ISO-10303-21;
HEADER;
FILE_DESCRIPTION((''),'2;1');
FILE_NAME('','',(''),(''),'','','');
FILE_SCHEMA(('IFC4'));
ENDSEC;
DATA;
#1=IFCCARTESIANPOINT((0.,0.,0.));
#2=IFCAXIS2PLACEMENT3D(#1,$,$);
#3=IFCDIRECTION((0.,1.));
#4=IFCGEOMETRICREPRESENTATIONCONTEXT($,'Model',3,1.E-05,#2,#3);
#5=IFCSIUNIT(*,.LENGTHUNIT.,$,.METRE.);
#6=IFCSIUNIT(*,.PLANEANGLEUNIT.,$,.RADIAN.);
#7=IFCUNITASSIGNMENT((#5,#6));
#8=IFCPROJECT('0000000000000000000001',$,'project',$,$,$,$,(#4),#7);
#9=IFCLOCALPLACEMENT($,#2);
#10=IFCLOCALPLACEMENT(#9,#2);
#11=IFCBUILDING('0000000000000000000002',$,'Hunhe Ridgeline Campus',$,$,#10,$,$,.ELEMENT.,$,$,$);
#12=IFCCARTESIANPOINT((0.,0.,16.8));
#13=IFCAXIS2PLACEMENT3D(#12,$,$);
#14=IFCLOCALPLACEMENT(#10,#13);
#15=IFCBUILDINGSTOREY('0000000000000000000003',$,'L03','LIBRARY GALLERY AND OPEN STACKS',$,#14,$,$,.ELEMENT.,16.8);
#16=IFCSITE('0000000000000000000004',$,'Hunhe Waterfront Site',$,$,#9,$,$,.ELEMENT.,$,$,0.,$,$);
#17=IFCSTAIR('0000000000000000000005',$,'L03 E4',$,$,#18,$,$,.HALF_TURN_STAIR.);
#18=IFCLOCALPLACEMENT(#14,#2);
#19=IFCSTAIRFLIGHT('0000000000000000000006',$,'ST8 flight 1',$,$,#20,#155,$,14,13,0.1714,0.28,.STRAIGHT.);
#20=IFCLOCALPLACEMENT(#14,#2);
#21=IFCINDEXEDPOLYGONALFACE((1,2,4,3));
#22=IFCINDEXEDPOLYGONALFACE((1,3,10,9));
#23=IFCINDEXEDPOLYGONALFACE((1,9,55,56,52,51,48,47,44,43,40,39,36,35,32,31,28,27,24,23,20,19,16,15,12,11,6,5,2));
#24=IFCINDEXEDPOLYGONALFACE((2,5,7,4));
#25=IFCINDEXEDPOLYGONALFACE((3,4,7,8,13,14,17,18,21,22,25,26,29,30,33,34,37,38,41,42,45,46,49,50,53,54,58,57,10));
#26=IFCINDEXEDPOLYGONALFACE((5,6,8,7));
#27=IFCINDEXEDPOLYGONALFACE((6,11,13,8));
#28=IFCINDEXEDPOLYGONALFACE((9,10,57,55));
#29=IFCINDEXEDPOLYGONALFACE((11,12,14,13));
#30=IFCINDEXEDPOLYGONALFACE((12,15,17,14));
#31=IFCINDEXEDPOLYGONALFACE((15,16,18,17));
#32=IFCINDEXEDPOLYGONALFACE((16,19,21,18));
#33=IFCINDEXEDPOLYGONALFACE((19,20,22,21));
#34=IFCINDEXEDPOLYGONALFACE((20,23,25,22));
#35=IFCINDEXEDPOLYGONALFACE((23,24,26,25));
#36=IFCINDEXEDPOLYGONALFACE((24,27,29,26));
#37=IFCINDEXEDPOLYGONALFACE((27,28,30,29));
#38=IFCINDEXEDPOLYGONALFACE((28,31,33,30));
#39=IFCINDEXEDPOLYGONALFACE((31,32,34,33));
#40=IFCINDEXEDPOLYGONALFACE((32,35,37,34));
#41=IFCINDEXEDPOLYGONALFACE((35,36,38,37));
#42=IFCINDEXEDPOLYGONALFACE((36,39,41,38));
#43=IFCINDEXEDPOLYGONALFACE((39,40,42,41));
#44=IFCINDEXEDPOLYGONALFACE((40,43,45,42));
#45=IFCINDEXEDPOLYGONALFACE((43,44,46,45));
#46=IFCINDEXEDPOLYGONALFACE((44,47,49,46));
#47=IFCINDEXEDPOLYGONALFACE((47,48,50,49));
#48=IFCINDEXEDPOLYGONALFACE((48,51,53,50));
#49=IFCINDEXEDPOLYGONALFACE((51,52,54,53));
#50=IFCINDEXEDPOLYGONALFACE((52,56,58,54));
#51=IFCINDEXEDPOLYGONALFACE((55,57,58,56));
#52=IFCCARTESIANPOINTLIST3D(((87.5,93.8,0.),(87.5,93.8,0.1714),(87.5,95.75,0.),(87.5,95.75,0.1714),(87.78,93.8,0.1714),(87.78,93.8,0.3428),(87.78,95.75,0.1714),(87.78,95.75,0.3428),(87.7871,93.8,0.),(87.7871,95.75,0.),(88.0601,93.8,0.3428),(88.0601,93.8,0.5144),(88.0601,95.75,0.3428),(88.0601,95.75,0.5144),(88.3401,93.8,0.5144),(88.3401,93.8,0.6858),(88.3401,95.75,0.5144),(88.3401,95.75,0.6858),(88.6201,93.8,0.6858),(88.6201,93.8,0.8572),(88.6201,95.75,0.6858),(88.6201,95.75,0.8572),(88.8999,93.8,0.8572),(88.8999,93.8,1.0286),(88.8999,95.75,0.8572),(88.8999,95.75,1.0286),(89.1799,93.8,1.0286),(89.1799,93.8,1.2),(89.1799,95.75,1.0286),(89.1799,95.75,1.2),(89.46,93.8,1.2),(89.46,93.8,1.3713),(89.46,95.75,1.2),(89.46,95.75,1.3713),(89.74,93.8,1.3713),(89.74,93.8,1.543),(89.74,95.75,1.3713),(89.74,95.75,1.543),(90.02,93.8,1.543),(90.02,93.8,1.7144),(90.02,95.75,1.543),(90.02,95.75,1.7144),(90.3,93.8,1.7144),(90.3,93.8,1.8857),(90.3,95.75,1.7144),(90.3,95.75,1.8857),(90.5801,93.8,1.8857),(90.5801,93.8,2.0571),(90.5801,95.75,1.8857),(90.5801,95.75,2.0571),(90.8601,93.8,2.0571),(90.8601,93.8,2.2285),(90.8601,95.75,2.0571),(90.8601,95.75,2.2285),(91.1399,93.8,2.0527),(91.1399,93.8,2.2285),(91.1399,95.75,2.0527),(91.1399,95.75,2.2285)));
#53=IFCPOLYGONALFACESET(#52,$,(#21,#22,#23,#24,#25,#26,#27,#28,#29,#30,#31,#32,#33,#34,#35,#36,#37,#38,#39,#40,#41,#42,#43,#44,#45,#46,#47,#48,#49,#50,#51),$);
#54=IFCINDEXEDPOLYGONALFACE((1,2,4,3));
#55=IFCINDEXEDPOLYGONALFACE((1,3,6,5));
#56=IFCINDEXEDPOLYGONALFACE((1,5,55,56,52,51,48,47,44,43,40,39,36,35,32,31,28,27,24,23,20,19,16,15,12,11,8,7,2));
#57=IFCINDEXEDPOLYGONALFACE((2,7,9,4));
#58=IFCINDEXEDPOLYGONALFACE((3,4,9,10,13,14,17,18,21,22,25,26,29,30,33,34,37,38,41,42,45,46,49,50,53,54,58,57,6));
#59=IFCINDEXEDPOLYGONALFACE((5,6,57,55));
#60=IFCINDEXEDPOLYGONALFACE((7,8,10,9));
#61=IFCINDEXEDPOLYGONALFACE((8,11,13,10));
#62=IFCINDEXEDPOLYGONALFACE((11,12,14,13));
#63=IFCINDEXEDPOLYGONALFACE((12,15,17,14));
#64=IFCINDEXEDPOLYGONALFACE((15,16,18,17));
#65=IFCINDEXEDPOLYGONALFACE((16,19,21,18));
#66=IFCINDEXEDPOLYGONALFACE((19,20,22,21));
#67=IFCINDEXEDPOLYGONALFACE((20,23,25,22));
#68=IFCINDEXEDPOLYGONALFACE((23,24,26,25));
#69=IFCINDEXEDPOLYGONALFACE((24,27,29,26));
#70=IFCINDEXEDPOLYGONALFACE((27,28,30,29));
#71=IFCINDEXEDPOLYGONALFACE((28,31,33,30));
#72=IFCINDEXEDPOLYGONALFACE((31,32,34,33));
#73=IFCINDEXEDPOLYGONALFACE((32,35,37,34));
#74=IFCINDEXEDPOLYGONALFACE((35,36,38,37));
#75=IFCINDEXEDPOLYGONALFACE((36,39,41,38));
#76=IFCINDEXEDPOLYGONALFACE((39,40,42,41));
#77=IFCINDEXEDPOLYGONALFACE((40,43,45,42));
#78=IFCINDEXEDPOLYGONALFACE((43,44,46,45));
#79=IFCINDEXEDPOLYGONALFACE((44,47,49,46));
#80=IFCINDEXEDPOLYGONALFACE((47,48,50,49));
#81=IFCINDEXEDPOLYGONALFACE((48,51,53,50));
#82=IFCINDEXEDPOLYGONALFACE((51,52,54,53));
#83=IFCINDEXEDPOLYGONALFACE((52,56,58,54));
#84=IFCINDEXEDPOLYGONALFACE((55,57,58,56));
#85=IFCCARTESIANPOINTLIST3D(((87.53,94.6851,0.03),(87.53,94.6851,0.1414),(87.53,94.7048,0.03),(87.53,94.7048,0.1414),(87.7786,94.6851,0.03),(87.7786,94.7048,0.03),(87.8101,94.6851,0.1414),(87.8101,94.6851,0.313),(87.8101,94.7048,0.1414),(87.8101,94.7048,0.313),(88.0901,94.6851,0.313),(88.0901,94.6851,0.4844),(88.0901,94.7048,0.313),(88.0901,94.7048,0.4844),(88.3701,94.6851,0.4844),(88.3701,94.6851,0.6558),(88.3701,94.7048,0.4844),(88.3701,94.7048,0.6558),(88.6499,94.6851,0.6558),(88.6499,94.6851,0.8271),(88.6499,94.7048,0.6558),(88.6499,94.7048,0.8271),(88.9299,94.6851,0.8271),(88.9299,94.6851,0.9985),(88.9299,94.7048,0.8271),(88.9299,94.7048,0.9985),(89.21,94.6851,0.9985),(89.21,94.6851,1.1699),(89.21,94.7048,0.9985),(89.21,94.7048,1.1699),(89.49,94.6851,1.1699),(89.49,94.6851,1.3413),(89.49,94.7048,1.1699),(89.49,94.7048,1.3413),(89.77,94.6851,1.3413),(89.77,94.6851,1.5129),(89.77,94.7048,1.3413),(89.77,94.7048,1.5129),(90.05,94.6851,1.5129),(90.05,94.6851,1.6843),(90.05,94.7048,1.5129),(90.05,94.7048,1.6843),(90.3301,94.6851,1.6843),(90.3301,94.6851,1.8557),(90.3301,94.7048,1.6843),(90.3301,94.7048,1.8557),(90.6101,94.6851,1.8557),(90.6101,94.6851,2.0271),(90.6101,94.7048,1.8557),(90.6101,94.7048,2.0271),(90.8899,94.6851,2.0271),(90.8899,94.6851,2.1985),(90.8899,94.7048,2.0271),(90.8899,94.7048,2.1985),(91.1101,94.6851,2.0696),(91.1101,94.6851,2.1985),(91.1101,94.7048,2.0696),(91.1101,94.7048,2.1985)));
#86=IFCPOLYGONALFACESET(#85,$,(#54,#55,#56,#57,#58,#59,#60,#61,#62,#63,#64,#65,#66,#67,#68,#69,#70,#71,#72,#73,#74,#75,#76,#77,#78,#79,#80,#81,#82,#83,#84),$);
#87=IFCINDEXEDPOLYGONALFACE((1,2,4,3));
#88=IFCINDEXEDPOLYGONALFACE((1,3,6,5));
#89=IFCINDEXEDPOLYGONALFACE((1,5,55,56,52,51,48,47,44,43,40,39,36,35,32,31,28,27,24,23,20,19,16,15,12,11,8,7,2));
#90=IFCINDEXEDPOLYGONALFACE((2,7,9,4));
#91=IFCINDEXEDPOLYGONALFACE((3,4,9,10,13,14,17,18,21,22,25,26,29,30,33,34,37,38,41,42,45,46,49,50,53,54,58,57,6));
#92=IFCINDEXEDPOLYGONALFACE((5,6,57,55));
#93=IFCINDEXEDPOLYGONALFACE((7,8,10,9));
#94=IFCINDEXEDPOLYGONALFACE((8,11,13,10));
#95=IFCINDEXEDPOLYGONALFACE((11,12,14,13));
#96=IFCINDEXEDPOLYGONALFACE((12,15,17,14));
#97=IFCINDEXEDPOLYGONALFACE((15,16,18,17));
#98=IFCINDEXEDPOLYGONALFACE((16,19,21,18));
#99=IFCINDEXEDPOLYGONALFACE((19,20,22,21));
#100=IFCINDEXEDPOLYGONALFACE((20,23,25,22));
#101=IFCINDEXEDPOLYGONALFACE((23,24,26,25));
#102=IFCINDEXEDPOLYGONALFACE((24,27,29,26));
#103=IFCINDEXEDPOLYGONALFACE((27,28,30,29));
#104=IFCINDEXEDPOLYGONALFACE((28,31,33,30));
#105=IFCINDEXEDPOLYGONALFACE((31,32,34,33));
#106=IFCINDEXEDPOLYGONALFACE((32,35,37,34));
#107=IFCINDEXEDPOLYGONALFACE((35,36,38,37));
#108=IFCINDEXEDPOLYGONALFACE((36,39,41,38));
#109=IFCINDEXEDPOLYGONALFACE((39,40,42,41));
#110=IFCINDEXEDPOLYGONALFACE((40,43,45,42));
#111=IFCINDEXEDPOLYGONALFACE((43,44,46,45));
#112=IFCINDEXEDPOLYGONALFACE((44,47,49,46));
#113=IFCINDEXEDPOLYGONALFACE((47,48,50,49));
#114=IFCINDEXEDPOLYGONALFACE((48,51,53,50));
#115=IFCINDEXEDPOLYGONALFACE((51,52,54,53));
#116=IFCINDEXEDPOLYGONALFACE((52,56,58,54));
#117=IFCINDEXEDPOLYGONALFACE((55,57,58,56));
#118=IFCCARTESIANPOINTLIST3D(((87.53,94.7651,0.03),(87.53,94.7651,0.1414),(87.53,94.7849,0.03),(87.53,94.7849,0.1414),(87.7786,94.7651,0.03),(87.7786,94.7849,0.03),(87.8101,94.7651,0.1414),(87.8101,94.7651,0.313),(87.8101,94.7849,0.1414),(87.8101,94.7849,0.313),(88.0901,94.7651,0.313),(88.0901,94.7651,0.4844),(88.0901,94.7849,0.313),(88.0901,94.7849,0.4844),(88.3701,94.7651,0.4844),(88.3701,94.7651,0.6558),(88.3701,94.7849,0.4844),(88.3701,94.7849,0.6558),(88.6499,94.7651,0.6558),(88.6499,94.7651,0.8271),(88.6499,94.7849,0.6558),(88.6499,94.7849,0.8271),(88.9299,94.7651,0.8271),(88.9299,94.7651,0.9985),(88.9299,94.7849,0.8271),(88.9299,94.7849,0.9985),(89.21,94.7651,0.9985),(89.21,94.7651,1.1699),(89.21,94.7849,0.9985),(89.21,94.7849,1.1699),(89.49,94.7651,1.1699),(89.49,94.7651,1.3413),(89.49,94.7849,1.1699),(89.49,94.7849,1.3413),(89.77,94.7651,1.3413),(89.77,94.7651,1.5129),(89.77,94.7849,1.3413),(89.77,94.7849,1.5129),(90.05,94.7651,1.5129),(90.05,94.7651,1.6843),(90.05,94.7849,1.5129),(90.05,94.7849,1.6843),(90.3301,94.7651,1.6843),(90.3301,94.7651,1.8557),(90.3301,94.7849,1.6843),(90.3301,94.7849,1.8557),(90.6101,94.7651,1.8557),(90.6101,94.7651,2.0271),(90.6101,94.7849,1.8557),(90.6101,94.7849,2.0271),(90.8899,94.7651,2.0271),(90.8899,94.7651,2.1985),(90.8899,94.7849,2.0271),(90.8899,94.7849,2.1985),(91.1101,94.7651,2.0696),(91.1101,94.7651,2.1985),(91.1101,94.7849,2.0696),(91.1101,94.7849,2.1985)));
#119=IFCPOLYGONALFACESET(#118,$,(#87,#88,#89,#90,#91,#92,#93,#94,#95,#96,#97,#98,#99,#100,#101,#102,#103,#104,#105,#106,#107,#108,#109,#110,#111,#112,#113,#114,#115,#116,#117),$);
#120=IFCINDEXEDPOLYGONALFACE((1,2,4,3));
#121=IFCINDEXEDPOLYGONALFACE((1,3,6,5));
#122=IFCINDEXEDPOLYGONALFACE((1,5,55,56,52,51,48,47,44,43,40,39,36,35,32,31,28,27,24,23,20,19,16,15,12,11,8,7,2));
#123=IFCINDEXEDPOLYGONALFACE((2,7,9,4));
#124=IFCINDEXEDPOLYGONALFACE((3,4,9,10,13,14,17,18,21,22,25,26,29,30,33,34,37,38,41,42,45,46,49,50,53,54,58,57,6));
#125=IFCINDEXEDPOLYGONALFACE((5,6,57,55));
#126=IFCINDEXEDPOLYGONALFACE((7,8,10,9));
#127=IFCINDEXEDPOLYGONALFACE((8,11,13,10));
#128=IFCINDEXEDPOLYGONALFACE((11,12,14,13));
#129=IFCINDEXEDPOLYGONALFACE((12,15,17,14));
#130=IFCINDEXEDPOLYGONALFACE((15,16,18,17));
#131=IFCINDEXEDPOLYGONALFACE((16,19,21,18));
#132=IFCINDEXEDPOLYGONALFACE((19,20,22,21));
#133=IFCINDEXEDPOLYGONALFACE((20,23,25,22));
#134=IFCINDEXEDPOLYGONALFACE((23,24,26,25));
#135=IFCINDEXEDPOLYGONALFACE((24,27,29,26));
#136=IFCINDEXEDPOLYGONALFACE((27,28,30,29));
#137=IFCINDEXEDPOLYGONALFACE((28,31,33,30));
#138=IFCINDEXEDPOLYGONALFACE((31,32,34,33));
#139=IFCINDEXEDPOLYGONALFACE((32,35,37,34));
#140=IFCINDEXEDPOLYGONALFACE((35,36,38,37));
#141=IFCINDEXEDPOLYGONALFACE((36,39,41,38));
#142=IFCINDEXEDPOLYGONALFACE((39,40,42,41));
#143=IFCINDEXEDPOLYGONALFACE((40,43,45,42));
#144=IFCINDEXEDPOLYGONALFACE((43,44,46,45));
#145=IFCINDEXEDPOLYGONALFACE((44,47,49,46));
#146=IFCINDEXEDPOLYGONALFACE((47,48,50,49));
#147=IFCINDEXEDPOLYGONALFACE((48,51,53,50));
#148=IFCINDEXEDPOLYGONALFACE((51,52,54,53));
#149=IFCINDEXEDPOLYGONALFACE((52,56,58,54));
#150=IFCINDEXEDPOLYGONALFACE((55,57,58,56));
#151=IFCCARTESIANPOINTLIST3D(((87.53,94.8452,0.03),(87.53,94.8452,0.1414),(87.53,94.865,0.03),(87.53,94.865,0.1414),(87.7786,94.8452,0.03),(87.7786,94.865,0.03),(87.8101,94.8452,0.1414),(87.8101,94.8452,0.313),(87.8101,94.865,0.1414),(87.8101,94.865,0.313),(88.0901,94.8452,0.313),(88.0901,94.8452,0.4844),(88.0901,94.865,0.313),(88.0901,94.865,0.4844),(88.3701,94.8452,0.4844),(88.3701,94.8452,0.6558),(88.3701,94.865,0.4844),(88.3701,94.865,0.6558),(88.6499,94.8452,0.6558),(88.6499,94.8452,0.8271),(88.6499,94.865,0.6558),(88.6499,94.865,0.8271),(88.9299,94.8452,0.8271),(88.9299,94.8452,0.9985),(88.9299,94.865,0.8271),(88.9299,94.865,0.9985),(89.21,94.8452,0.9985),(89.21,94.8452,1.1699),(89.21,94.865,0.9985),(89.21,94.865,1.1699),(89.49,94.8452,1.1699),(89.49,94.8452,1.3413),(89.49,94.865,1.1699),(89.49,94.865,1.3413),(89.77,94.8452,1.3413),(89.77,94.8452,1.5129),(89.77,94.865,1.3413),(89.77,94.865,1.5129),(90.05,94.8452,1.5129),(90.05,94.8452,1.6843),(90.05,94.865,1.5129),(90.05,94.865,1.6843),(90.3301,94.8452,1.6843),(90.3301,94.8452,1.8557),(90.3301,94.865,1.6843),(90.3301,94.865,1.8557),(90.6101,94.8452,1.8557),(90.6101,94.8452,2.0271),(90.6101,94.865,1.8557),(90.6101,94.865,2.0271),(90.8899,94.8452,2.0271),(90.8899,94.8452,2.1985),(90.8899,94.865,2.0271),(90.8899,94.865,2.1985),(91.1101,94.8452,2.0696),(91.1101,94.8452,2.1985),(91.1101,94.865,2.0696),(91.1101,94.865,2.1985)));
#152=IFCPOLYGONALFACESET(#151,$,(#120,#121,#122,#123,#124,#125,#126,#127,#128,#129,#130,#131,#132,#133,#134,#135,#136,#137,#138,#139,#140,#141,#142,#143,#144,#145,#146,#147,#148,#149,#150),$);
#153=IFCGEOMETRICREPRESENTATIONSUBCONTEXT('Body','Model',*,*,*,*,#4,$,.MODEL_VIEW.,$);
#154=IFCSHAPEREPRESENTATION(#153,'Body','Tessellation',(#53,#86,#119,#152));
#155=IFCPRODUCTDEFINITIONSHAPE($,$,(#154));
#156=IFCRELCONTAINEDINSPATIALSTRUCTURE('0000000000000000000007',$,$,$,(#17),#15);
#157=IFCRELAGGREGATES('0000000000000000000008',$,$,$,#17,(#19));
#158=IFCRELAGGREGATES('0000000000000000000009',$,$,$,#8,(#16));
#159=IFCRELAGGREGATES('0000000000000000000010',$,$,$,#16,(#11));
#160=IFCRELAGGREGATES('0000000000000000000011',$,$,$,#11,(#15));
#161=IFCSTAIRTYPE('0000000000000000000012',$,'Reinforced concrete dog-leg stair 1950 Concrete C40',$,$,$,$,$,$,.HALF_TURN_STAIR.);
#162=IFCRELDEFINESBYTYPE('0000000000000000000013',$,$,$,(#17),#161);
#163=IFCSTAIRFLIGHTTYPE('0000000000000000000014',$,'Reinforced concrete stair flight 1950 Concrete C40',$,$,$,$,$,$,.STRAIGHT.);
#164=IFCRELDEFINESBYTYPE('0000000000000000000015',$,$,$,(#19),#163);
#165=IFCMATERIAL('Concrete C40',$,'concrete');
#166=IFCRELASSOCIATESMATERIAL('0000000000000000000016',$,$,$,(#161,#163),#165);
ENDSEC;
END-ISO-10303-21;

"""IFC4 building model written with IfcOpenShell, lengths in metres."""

from ifc_helpers import new_model, si_unit, direction, frame, origin, place, context, subcontext, project, spatial, polyline, outline, extrude, material, type_object, element, aggregate, save


model = new_model("IFC4")

# Units and contexts
model_context = context("Model", 3, precision=1e-05, world=origin(), true_north=direction((0.0, 1.0)))
body_context = subcontext(model_context, "Body", "Model", "MODEL_VIEW")
ifc_project = project(units=[si_unit("LENGTHUNIT", "METRE"), si_unit("PLANEANGLEUNIT", "RADIAN")], contexts=[model_context])

# Site, building, storey
site_placement = place(None, origin())
site = spatial("IfcSite", under=ifc_project, at=site_placement, Name="Hunhe Waterfront Site", CompositionType="ELEMENT", RefElevation=0.0)
building_placement = place(site_placement, origin())
building = spatial("IfcBuilding", under=site, at=building_placement, Name="Hunhe Ridgeline Campus", CompositionType="ELEMENT")
storey_placement = place(building_placement, frame((0.0, 0.0, 16.8)))
storey = spatial("IfcBuildingStorey", under=building, at=storey_placement, Name="L03", Description="LIBRARY GALLERY AND OPEN STACKS", CompositionType="ELEMENT", Elevation=16.8)

# Stair, stair flight
ifc_material_1 = material(Name="Concrete C40", Category="concrete")
stair_type = type_object("IfcStairType", Name="Reinforced concrete dog-leg stair 1950 Concrete C40", PredefinedType="HALF_TURN_STAIR", material=ifc_material_1)
stair_flight_type = type_object("IfcStairFlightType", Name="Reinforced concrete stair flight 1950 Concrete C40", PredefinedType="STRAIGHT", material=ifc_material_1)
stair_1_placement = place(storey_placement, origin())
stair_1 = element("IfcStair", 1, at=stair_1_placement, inside=storey, type_object=stair_type, Name="L03 E4", PredefinedType="HALF_TURN_STAIR")
stair_flight_1_placement = place(storey_placement, frame((87.5, 94.7749, 0.0), z_axis=(0.0, 0.0, 1.0), x_axis=(1.0, 0.0, 0.0)))
stair_flight_1 = element("IfcStairFlight", 2, at=stair_flight_1_placement, type_object=stair_flight_type, Name="ST8 flight 1", NumberOfRisers=14, NumberOfTreads=13, PredefinedType="STRAIGHT", RiserHeight=0.1714, TreadLength=0.28, context=body_context, shape_type="SweptSolid", body=[
    extrude(outline(polyline([(0.0, 0.0), (0.0, 0.1714), (0.28, 0.1714), (0.28, 0.3428), (0.5601, 0.3428), (0.5601, 0.5144), (0.8401, 0.5144), (0.8401, 0.6858), (1.1201, 0.6858), (1.1201, 0.8572), (1.3999, 0.8572), (1.3999, 1.0286), (1.6799, 1.0286), (1.6799, 1.2), (1.96, 1.2), (1.96, 1.3713), (2.24, 1.3713), (2.24, 1.543), (2.52, 1.543), (2.52, 1.7144), (2.8, 1.7144), (2.8, 1.8857), (3.0801, 1.8857), (3.0801, 2.0571), (3.3601, 2.0571), (3.3601, 2.2285), (3.6399, 2.2285), (3.6399, 2.3999), (3.6399, 2.0527), (0.2871, 0.0), (0.0, 0.0)])), frame((0.0, 0.9751, 0.0), z_axis=(0.0, -1.0, 0.0), x_axis=(1.0, 0.0, 0.0)), (0.0, 0.0, 1.0), 1.95),
    extrude(outline(polyline([(0.03, 0.03), (0.03, 0.1414), (0.3101, 0.1414), (0.3101, 0.313), (0.5901, 0.313), (0.5901, 0.4844), (0.8701, 0.4844), (0.8701, 0.6558), (1.1499, 0.6558), (1.1499, 0.8271), (1.4299, 0.8271), (1.4299, 0.9985), (1.71, 0.9985), (1.71, 1.1699), (1.99, 1.1699), (1.99, 1.3413), (2.27, 1.3413), (2.27, 1.5129), (2.55, 1.5129), (2.55, 1.6843), (2.8301, 1.6843), (2.8301, 1.8557), (3.1101, 1.8557), (3.1101, 2.0271), (3.3899, 2.0271), (3.3899, 2.1985), (3.6101, 2.1985), (3.6101, 2.0696), (0.2786, 0.03), (0.03, 0.03)])), frame((0.0, -0.0701, 0.0), z_axis=(0.0, -1.0, 0.0), x_axis=(1.0, 0.0, 0.0)), (0.0, 0.0, 1.0), 0.0198),
    extrude(outline(polyline([(0.03, 0.03), (0.03, 0.1414), (0.3101, 0.1414), (0.3101, 0.313), (0.5901, 0.313), (0.5901, 0.4844), (0.8701, 0.4844), (0.8701, 0.6558), (1.1499, 0.6558), (1.1499, 0.8271), (1.4299, 0.8271), (1.4299, 0.9985), (1.71, 0.9985), (1.71, 1.1699), (1.99, 1.1699), (1.99, 1.3413), (2.27, 1.3413), (2.27, 1.5129), (2.55, 1.5129), (2.55, 1.6843), (2.8301, 1.6843), (2.8301, 1.8557), (3.1101, 1.8557), (3.1101, 2.0271), (3.3899, 2.0271), (3.3899, 2.1985), (3.6101, 2.1985), (3.6101, 2.0696), (0.2786, 0.03), (0.03, 0.03)])), frame((0.0, 0.01, 0.0), z_axis=(0.0, -1.0, 0.0), x_axis=(1.0, 0.0, 0.0)), (0.0, 0.0, 1.0), 0.0198),
    extrude(outline(polyline([(0.03, 0.03), (0.03, 0.1414), (0.3101, 0.1414), (0.3101, 0.313), (0.5901, 0.313), (0.5901, 0.4844), (0.8701, 0.4844), (0.8701, 0.6558), (1.1499, 0.6558), (1.1499, 0.8271), (1.4299, 0.8271), (1.4299, 0.9985), (1.71, 0.9985), (1.71, 1.1699), (1.99, 1.1699), (1.99, 1.3413), (2.27, 1.3413), (2.27, 1.5129), (2.55, 1.5129), (2.55, 1.6843), (2.8301, 1.6843), (2.8301, 1.8557), (3.1101, 1.8557), (3.1101, 2.0271), (3.3899, 2.0271), (3.3899, 2.1985), (3.6101, 2.1985), (3.6101, 2.0696), (0.2786, 0.03), (0.03, 0.03)])), frame((0.0, 0.0901, 0.0), z_axis=(0.0, -1.0, 0.0), x_axis=(1.0, 0.0, 0.0)), (0.0, 0.0, 1.0), 0.0198),
])
aggregate(stair_1, [stair_flight_1])

save(model, "model.ifc")
